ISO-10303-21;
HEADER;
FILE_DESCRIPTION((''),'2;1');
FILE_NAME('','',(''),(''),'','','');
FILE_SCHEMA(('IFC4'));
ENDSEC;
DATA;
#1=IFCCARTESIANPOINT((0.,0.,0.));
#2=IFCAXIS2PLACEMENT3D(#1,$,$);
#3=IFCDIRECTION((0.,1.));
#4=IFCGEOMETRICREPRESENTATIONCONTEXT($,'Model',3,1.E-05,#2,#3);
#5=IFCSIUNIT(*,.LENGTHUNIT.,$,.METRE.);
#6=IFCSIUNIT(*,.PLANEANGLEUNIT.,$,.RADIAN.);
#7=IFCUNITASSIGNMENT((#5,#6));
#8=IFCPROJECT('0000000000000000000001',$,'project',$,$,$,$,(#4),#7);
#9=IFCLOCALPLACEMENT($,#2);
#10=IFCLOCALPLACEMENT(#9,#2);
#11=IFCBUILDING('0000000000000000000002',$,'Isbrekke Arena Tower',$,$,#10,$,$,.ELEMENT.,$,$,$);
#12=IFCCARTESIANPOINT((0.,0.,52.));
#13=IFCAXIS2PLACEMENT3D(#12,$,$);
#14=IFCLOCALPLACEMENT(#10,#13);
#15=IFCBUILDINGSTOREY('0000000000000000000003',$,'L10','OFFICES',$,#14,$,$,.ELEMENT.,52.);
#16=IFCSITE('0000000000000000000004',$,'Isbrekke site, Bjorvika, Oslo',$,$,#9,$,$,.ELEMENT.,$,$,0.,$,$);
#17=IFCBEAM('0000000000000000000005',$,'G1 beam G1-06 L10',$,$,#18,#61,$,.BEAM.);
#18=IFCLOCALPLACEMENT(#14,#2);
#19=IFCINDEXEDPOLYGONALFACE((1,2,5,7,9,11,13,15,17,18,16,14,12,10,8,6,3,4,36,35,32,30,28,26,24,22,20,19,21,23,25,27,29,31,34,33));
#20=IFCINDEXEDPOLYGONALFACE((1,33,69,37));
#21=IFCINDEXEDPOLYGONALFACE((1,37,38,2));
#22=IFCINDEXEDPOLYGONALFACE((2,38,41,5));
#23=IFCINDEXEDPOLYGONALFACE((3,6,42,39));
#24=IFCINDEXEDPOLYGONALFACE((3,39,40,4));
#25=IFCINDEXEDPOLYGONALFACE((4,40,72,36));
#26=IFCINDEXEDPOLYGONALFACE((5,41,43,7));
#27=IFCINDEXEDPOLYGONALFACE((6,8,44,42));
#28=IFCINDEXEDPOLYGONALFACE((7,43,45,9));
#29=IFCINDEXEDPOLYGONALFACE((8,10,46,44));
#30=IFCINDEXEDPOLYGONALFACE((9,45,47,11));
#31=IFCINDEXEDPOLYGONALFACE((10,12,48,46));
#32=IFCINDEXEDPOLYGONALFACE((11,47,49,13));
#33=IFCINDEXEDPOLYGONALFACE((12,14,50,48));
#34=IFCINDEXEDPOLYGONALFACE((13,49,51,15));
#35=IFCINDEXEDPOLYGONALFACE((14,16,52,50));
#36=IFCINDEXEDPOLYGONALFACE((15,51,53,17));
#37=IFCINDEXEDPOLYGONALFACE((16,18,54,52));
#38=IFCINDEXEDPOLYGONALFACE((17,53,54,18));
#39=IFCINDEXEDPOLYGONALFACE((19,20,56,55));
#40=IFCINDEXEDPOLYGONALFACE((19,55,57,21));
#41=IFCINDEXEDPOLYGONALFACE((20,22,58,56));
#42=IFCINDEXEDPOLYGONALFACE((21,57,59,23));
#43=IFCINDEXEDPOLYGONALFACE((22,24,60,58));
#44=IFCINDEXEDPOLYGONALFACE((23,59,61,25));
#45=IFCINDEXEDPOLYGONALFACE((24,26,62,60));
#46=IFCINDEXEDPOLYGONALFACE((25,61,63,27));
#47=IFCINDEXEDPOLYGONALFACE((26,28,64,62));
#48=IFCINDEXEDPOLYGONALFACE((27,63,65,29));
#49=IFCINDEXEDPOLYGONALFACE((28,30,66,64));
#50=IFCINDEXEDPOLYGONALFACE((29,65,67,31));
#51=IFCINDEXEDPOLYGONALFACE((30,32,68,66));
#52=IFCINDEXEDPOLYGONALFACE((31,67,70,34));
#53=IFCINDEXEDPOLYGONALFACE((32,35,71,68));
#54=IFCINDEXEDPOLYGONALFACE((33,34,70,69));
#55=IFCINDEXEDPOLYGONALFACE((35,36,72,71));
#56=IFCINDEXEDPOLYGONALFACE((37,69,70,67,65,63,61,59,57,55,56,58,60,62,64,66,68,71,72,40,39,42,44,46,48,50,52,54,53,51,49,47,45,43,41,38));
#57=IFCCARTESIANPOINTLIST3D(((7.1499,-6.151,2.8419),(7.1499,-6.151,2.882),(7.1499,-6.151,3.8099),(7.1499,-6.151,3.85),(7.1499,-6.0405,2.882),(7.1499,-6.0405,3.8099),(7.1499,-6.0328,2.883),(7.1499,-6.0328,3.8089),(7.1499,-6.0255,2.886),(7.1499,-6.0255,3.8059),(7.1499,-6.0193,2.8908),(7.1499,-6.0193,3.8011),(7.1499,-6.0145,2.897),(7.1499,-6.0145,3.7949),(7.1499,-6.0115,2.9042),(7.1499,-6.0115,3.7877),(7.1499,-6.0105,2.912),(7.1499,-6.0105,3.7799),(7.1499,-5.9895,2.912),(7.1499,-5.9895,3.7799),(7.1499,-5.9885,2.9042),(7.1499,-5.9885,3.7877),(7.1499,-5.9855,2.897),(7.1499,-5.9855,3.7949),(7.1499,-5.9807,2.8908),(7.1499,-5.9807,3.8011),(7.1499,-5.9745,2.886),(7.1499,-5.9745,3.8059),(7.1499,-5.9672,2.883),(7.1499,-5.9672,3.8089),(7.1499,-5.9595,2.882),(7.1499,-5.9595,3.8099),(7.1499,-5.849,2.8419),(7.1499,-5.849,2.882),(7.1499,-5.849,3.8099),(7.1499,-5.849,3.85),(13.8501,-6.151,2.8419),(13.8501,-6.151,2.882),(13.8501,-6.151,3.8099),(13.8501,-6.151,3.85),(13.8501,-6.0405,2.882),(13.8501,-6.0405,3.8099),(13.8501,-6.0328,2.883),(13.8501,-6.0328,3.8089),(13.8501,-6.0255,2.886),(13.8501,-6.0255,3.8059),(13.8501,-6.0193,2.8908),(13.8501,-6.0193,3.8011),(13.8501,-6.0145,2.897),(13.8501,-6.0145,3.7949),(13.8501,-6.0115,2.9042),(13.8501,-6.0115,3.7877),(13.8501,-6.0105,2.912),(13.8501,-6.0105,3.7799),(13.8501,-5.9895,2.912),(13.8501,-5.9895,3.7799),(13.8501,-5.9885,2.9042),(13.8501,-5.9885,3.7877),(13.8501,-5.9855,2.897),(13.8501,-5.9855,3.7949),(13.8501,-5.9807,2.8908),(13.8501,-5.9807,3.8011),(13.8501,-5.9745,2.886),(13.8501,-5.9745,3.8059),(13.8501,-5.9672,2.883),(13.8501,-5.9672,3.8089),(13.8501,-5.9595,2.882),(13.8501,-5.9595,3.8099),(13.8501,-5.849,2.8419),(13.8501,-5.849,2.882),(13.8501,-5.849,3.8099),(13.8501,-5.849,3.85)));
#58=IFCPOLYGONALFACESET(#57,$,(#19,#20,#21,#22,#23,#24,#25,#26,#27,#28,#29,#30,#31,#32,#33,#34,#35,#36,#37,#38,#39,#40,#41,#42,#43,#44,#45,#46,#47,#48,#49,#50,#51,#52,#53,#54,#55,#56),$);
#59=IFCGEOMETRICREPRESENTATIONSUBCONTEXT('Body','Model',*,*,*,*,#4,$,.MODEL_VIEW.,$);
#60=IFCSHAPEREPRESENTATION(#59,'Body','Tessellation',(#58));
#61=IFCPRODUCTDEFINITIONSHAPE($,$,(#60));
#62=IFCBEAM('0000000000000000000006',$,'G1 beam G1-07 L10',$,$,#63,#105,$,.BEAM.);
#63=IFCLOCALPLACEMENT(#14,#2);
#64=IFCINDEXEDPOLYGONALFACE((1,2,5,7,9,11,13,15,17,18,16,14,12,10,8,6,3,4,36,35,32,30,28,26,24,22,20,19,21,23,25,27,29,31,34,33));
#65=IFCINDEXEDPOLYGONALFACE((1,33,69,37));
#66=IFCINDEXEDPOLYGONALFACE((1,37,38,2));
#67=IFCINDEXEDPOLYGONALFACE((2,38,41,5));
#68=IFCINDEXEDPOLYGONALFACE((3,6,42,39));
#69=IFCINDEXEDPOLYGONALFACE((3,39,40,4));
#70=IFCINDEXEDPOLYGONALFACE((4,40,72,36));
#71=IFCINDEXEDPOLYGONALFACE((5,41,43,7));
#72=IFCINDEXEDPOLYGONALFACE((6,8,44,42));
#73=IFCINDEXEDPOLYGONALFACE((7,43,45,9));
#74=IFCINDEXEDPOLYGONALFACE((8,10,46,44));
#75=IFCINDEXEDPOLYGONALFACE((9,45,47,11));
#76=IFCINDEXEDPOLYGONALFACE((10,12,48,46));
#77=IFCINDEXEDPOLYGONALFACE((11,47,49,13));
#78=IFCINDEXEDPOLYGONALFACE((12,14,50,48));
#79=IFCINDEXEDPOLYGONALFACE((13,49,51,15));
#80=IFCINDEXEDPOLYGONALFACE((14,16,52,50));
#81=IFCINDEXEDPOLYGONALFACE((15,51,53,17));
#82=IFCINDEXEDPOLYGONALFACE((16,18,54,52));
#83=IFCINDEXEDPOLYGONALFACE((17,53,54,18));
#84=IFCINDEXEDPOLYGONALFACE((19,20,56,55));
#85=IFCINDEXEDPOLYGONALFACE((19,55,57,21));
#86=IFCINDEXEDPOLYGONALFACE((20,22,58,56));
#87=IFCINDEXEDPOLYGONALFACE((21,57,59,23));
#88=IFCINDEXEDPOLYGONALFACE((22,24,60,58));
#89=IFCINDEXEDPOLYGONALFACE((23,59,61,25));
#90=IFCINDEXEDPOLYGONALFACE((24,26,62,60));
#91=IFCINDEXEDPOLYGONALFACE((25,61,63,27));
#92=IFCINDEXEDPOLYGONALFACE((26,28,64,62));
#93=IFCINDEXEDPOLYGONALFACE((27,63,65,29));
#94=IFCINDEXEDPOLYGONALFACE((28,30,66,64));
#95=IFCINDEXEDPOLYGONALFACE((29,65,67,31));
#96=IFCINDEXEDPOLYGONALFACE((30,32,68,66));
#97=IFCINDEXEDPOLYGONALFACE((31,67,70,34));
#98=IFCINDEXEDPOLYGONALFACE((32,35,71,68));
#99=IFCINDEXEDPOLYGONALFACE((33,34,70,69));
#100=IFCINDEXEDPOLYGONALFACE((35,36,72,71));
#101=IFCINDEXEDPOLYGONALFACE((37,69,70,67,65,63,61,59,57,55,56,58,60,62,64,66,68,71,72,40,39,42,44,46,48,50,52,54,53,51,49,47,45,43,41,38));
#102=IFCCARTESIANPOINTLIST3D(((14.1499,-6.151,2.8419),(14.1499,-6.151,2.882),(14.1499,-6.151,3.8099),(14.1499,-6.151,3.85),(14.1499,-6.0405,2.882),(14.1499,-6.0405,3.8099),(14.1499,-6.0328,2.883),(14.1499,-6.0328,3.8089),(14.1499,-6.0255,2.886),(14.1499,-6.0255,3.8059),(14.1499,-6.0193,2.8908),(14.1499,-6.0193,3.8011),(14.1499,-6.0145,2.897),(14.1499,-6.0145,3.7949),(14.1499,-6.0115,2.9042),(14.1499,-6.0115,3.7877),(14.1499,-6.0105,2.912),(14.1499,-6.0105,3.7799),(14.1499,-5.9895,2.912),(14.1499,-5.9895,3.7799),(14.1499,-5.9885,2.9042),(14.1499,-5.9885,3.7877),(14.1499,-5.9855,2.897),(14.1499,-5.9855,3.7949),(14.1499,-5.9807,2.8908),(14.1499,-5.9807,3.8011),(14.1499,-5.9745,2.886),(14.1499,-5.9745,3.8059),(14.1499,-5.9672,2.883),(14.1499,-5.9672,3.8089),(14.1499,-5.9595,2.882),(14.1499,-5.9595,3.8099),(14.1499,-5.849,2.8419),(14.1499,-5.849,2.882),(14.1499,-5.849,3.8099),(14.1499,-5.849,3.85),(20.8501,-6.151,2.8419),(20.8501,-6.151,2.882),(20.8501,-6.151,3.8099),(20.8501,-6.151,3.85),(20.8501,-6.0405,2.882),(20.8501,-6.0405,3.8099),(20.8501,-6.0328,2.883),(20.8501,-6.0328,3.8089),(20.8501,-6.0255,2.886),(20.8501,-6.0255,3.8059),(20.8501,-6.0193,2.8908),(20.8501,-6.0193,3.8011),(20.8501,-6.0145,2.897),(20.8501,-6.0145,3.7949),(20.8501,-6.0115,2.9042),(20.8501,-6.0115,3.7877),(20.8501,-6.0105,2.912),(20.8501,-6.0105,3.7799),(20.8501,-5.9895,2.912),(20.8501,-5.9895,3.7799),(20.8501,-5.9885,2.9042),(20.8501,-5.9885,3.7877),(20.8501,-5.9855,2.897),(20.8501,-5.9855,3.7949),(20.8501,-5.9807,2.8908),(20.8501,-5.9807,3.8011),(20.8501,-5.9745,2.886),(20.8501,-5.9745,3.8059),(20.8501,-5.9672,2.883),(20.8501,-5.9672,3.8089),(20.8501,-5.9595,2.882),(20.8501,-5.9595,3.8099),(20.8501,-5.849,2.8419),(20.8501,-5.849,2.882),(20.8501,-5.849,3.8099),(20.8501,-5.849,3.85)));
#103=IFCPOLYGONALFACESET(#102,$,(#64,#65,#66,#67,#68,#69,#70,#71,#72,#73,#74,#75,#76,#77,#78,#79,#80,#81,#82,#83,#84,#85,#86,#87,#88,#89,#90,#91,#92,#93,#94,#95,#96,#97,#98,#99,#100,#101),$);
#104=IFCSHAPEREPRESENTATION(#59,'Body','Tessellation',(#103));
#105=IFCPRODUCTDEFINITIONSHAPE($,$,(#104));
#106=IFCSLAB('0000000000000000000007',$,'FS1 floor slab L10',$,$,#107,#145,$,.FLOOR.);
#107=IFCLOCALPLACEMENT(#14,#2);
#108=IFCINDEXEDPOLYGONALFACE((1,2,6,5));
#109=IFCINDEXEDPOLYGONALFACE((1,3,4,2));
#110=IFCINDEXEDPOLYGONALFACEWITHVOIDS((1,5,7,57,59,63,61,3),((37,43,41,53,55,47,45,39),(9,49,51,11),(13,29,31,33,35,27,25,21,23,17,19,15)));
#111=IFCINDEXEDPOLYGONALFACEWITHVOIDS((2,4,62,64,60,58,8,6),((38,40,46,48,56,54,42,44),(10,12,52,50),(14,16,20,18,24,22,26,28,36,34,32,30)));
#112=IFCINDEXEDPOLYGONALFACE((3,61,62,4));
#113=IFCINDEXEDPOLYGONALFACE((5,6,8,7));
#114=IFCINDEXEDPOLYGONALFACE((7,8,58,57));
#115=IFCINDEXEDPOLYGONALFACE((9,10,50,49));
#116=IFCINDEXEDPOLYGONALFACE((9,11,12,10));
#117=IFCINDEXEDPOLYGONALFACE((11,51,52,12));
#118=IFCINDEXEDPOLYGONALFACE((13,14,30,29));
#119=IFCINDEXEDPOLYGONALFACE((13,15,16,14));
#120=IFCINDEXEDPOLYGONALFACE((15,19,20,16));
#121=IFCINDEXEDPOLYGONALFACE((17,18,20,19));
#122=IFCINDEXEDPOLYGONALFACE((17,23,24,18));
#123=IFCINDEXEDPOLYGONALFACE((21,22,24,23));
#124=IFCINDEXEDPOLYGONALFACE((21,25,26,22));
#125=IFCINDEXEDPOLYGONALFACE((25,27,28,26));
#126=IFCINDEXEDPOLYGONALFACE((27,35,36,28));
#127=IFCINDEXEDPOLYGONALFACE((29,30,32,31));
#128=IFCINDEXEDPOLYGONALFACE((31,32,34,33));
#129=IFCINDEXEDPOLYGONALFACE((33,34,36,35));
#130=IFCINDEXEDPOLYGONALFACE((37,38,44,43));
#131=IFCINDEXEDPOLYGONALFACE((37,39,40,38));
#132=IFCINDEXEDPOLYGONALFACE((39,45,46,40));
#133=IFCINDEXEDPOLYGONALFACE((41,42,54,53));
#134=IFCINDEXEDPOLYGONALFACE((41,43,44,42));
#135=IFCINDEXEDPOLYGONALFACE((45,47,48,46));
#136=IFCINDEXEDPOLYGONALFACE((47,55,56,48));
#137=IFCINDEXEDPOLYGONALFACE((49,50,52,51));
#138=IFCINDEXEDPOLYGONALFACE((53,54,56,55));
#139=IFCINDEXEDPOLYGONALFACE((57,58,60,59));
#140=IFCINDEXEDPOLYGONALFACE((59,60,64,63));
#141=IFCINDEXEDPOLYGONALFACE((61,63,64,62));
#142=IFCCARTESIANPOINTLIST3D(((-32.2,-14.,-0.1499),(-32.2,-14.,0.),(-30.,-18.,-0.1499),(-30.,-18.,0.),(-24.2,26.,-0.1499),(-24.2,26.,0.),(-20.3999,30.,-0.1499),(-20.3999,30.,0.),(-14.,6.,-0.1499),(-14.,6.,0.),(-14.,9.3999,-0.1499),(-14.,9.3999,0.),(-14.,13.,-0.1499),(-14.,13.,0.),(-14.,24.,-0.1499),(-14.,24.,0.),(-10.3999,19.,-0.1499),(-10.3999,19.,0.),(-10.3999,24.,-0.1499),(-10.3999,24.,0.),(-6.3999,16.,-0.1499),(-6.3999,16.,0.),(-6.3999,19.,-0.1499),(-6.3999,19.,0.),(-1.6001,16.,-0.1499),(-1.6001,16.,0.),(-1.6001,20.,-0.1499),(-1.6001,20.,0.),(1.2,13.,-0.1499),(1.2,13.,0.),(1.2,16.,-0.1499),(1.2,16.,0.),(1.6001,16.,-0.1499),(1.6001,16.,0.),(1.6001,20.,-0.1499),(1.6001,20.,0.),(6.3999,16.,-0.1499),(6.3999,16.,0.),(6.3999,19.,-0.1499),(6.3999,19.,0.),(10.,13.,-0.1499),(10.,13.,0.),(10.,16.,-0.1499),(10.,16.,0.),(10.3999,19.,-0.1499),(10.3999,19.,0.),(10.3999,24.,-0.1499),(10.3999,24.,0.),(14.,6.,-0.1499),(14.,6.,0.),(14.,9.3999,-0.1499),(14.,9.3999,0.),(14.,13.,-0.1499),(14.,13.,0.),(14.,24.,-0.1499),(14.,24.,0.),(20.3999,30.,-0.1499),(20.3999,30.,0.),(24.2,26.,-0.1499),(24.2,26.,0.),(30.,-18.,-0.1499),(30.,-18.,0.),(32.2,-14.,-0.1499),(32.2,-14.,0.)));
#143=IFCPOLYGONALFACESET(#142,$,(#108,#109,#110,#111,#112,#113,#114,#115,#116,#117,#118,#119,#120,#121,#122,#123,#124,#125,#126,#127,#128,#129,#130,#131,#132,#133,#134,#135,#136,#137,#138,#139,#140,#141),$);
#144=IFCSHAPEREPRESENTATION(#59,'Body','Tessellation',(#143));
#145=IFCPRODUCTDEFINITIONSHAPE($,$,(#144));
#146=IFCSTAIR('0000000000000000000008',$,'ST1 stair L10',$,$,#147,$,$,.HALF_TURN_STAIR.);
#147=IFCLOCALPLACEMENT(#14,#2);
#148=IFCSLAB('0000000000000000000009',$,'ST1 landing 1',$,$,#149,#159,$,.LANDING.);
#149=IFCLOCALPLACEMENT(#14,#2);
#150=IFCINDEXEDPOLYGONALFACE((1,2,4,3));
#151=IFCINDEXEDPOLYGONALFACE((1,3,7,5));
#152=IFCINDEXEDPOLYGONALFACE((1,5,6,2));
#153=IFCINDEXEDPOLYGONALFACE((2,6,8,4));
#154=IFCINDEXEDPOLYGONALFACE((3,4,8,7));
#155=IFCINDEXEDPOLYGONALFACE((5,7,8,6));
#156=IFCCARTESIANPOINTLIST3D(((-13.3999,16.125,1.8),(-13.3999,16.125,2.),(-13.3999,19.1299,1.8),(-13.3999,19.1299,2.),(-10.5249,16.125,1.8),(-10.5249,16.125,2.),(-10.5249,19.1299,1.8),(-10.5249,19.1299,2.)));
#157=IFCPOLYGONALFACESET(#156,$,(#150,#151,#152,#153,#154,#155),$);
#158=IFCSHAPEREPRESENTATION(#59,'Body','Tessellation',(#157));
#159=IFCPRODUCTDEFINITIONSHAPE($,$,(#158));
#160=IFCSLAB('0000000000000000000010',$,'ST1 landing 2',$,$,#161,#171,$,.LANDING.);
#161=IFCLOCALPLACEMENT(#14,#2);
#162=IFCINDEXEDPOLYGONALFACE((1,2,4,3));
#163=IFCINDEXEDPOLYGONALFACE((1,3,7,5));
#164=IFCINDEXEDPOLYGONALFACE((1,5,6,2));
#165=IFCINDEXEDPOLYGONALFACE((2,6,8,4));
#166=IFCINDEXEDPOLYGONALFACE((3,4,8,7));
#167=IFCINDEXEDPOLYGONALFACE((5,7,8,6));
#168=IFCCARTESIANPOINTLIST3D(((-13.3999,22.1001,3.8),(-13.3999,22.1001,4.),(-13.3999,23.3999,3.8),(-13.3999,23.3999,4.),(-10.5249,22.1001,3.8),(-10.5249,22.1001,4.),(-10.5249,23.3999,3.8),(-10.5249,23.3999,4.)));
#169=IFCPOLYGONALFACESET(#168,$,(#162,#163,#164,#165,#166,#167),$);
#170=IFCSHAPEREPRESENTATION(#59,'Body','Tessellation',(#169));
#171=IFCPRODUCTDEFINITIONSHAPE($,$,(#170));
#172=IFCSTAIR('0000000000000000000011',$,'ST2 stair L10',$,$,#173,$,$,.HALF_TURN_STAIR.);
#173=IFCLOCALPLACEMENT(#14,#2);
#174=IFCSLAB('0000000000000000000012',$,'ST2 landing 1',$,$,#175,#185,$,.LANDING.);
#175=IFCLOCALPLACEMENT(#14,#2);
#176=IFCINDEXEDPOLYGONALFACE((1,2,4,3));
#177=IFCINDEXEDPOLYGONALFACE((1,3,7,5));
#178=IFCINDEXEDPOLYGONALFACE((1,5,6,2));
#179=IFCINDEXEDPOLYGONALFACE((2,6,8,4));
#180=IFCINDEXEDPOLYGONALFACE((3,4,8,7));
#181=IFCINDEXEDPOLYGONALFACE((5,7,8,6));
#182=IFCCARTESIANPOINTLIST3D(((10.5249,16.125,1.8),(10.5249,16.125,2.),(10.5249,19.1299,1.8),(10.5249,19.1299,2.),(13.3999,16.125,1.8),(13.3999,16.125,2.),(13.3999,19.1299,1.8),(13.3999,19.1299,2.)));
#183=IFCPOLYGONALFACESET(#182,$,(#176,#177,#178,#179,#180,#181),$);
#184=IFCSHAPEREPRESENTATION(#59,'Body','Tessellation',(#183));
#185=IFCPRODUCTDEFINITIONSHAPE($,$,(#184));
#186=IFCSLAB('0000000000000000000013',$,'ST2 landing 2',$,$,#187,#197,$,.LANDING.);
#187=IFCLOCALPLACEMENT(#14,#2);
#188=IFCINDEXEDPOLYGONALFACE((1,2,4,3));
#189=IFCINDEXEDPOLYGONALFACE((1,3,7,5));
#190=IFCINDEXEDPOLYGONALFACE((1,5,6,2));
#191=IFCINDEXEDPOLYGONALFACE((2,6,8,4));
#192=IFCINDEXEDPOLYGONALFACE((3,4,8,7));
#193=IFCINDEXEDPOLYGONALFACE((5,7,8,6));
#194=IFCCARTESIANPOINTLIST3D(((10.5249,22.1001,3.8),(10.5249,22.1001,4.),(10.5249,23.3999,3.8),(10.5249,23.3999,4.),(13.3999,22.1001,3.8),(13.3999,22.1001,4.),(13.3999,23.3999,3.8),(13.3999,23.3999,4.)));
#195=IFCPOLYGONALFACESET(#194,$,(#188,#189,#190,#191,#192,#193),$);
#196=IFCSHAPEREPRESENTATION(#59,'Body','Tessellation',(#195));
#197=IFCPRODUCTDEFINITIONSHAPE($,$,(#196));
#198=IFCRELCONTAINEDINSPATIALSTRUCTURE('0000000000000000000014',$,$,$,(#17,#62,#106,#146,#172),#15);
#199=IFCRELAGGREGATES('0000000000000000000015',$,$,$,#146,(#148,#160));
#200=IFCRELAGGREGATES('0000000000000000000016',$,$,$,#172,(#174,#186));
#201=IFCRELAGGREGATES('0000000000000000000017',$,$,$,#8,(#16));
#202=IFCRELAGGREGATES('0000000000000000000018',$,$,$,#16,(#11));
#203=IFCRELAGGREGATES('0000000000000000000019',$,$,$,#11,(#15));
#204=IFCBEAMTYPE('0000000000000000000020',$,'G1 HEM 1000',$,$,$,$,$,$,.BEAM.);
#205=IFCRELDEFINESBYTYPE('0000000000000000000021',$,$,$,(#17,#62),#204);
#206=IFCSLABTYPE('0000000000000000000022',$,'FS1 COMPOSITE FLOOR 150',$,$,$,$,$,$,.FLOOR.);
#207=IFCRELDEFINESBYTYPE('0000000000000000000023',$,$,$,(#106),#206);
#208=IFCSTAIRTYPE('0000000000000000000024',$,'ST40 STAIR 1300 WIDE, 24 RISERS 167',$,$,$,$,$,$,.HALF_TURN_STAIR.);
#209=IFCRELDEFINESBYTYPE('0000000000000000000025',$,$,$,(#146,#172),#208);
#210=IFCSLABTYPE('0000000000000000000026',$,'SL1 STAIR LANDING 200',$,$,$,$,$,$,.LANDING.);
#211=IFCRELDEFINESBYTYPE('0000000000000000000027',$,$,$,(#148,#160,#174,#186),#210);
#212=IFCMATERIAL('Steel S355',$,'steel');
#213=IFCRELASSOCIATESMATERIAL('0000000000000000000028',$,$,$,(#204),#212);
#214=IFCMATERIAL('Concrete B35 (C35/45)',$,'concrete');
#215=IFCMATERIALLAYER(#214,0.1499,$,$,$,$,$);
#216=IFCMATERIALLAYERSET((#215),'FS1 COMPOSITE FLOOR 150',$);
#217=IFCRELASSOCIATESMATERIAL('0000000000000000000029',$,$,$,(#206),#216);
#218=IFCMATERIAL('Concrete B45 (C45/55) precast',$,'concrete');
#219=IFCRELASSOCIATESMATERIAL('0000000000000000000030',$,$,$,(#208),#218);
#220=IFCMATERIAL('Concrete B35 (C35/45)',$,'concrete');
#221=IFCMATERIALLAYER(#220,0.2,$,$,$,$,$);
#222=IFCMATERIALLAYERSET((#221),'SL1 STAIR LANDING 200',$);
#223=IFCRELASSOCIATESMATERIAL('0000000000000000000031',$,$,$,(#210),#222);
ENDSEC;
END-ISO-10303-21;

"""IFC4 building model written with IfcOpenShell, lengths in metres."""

from ifc_helpers import new_model, si_unit, direction, frame, origin, origin_2d, place, context, subcontext, project, spatial, polyline, i_section, outline, extrude, material, layer, layer_set, material_profile, profile_set, type_object, element, aggregate, save


model = new_model("IFC4")

# Units and contexts
model_context = context("Model", 3, precision=1e-05, world=origin(), true_north=direction((0.0, 1.0)))
body_context = subcontext(model_context, "Body", "Model", "MODEL_VIEW")
ifc_project = project(units=[si_unit("LENGTHUNIT", "METRE"), si_unit("PLANEANGLEUNIT", "RADIAN")], contexts=[model_context])

# Site, building, storey
site_placement = place(None, origin())
site = spatial("IfcSite", under=ifc_project, at=site_placement, Name="Isbrekke site, Bjorvika, Oslo", CompositionType="ELEMENT", RefElevation=0.0)
building_placement = place(site_placement, origin())
building = spatial("IfcBuilding", under=site, at=building_placement, Name="Isbrekke Arena Tower", CompositionType="ELEMENT")
storey_placement = place(building_placement, frame((0.0, 0.0, 52.0)))
storey = spatial("IfcBuildingStorey", under=building, at=storey_placement, Name="L10", Description="OFFICES", CompositionType="ELEMENT", Elevation=52.0)

# Beams
ifc_material_1 = material(Name="Steel S355", Category="steel")
ifc_material_profile_1 = material_profile(ifc_material_1, i_section(OverallWidth=0.302, OverallDepth=1.0081, WebThickness=0.021, FlangeThickness=0.04, FilletRadius=0.03, at=origin_2d()), Name="HEM 1000")
ifc_profile_set_1 = profile_set([ifc_material_profile_1], Name="Steel S355")
beam_type_1 = type_object("IfcBeamType", Name="G1 HEM 1000", PredefinedType="BEAM", material=ifc_profile_set_1)
for number, where, z_axis, x_axis, name in (
    (1, (7.1499, -6.0, 3.3459), (1.0, 0.0, 0.0), (0.0, 1.0, 0.0), "G1 beam G1-06 L10"),
    (2, (14.1499, -6.0, 3.3459), (1.0, 0.0, 0.0), (0.0, 1.0, 0.0), "G1 beam G1-07 L10"),
):
    element("IfcBeam", number, at=place(storey_placement, frame(where, z_axis=z_axis, x_axis=x_axis)), inside=storey, type_object=beam_type_1, Name=name, PredefinedType="BEAM", context=body_context, shape_type="SweptSolid", body=[
        extrude(i_section(OverallWidth=0.302, OverallDepth=1.0081, WebThickness=0.021, FlangeThickness=0.04, FilletRadius=0.03, at=origin_2d()), origin(), (0.0, 0.0, 1.0), 6.7002),
    ])

# Slab
ifc_material_2 = material(Name="Concrete B35 (C35/45)", Category="concrete")
ifc_layer_1 = layer(ifc_material_2, 0.1499)
ifc_layer_set_1 = layer_set([ifc_layer_1], Name="FS1 COMPOSITE FLOOR 150")
slab_type_1 = type_object("IfcSlabType", Name="FS1 COMPOSITE FLOOR 150", PredefinedType="FLOOR", material=ifc_layer_set_1)
slab_1_placement = place(storey_placement, frame((0.0, 0.0, -0.1499)))
element("IfcSlab", 3, at=slab_1_placement, inside=storey, type_object=slab_type_1, Name="FS1 floor slab L10", PredefinedType="FLOOR", context=body_context, shape_type="SweptSolid", body=[
    extrude(outline(polyline([(-30.0, -18.0), (30.0, -18.0), (32.2, -14.0), (24.2, 26.0), (20.3999, 30.0), (-20.3999, 30.0), (-24.2, 26.0), (-32.2, -14.0), (-30.0, -18.0)]), holes=[polyline([(14.0, 9.3999), (14.0, 6.0), (-14.0, 6.0), (-14.0, 9.3999), (14.0, 9.3999)]), polyline([(-6.3999, 19.0), (-6.3999, 16.0), (-1.6001, 16.0), (-1.6001, 20.0), (1.6001, 20.0), (1.6001, 16.0), (1.2, 16.0), (1.2, 13.0), (-14.0, 13.0), (-14.0, 24.0), (-10.3999, 24.0), (-10.3999, 19.0), (-6.3999, 19.0)]), polyline([(10.0, 13.0), (10.0, 16.0), (6.3999, 16.0), (6.3999, 19.0), (10.3999, 19.0), (10.3999, 24.0), (14.0, 24.0), (14.0, 13.0), (10.0, 13.0)])]), origin(), (0.0, 0.0, 1.0), 0.1499),
])

# Stairs, slabs
ifc_material_3 = material(Name="Concrete B45 (C45/55) precast", Category="concrete")
stair_type = type_object("IfcStairType", Name="ST40 STAIR 1300 WIDE, 24 RISERS 167", PredefinedType="HALF_TURN_STAIR", material=ifc_material_3)
stair_1_placement = place(storey_placement, origin())
stair_1 = element("IfcStair", 4, at=stair_1_placement, inside=storey, type_object=stair_type, Name="ST1 stair L10", PredefinedType="HALF_TURN_STAIR")
ifc_material_4 = material(Name="Concrete B35 (C35/45)", Category="concrete")
ifc_layer_2 = layer(ifc_material_4, 0.2)
ifc_layer_set_2 = layer_set([ifc_layer_2], Name="SL1 STAIR LANDING 200")
slab_type_2 = type_object("IfcSlabType", Name="SL1 STAIR LANDING 200", PredefinedType="LANDING", material=ifc_layer_set_2)
slab_2_placement = place(storey_placement, frame((0.0, 0.0, 1.8)))
slab_2 = element("IfcSlab", 5, at=slab_2_placement, type_object=slab_type_2, Name="ST1 landing 1", PredefinedType="LANDING", context=body_context, shape_type="SweptSolid", body=[
    extrude(outline(polyline([(-13.3999, 16.125), (-10.5249, 16.125), (-10.5249, 19.1299), (-13.3999, 19.1299), (-13.3999, 16.125)])), origin(), (0.0, 0.0, 1.0), 0.2),
])
slab_3_placement = place(storey_placement, frame((0.0, 0.0, 3.8)))
slab_3 = element("IfcSlab", 6, at=slab_3_placement, type_object=slab_type_2, Name="ST1 landing 2", PredefinedType="LANDING", context=body_context, shape_type="SweptSolid", body=[
    extrude(outline(polyline([(-13.3999, 22.1001), (-10.5249, 22.1001), (-10.5249, 23.3999), (-13.3999, 23.3999), (-13.3999, 22.1001)])), origin(), (0.0, 0.0, 1.0), 0.2),
])
aggregate(stair_1, [slab_2, slab_3])
stair_2_placement = place(storey_placement, origin())
stair_2 = element("IfcStair", 7, at=stair_2_placement, inside=storey, type_object=stair_type, Name="ST2 stair L10", PredefinedType="HALF_TURN_STAIR")
slab_4_placement = place(storey_placement, frame((0.0, 0.0, 1.8)))
slab_4 = element("IfcSlab", 8, at=slab_4_placement, type_object=slab_type_2, Name="ST2 landing 1", PredefinedType="LANDING", context=body_context, shape_type="SweptSolid", body=[
    extrude(outline(polyline([(10.5249, 16.125), (13.3999, 16.125), (13.3999, 19.1299), (10.5249, 19.1299), (10.5249, 16.125)])), origin(), (0.0, 0.0, 1.0), 0.2),
])
slab_5_placement = place(storey_placement, frame((0.0, 0.0, 3.8)))
slab_5 = element("IfcSlab", 9, at=slab_5_placement, type_object=slab_type_2, Name="ST2 landing 2", PredefinedType="LANDING", context=body_context, shape_type="SweptSolid", body=[
    extrude(outline(polyline([(10.5249, 22.1001), (13.3999, 22.1001), (13.3999, 23.3999), (10.5249, 23.3999), (10.5249, 22.1001)])), origin(), (0.0, 0.0, 1.0), 0.2),
])
aggregate(stair_2, [slab_4, slab_5])

save(model, "model.ifc")
